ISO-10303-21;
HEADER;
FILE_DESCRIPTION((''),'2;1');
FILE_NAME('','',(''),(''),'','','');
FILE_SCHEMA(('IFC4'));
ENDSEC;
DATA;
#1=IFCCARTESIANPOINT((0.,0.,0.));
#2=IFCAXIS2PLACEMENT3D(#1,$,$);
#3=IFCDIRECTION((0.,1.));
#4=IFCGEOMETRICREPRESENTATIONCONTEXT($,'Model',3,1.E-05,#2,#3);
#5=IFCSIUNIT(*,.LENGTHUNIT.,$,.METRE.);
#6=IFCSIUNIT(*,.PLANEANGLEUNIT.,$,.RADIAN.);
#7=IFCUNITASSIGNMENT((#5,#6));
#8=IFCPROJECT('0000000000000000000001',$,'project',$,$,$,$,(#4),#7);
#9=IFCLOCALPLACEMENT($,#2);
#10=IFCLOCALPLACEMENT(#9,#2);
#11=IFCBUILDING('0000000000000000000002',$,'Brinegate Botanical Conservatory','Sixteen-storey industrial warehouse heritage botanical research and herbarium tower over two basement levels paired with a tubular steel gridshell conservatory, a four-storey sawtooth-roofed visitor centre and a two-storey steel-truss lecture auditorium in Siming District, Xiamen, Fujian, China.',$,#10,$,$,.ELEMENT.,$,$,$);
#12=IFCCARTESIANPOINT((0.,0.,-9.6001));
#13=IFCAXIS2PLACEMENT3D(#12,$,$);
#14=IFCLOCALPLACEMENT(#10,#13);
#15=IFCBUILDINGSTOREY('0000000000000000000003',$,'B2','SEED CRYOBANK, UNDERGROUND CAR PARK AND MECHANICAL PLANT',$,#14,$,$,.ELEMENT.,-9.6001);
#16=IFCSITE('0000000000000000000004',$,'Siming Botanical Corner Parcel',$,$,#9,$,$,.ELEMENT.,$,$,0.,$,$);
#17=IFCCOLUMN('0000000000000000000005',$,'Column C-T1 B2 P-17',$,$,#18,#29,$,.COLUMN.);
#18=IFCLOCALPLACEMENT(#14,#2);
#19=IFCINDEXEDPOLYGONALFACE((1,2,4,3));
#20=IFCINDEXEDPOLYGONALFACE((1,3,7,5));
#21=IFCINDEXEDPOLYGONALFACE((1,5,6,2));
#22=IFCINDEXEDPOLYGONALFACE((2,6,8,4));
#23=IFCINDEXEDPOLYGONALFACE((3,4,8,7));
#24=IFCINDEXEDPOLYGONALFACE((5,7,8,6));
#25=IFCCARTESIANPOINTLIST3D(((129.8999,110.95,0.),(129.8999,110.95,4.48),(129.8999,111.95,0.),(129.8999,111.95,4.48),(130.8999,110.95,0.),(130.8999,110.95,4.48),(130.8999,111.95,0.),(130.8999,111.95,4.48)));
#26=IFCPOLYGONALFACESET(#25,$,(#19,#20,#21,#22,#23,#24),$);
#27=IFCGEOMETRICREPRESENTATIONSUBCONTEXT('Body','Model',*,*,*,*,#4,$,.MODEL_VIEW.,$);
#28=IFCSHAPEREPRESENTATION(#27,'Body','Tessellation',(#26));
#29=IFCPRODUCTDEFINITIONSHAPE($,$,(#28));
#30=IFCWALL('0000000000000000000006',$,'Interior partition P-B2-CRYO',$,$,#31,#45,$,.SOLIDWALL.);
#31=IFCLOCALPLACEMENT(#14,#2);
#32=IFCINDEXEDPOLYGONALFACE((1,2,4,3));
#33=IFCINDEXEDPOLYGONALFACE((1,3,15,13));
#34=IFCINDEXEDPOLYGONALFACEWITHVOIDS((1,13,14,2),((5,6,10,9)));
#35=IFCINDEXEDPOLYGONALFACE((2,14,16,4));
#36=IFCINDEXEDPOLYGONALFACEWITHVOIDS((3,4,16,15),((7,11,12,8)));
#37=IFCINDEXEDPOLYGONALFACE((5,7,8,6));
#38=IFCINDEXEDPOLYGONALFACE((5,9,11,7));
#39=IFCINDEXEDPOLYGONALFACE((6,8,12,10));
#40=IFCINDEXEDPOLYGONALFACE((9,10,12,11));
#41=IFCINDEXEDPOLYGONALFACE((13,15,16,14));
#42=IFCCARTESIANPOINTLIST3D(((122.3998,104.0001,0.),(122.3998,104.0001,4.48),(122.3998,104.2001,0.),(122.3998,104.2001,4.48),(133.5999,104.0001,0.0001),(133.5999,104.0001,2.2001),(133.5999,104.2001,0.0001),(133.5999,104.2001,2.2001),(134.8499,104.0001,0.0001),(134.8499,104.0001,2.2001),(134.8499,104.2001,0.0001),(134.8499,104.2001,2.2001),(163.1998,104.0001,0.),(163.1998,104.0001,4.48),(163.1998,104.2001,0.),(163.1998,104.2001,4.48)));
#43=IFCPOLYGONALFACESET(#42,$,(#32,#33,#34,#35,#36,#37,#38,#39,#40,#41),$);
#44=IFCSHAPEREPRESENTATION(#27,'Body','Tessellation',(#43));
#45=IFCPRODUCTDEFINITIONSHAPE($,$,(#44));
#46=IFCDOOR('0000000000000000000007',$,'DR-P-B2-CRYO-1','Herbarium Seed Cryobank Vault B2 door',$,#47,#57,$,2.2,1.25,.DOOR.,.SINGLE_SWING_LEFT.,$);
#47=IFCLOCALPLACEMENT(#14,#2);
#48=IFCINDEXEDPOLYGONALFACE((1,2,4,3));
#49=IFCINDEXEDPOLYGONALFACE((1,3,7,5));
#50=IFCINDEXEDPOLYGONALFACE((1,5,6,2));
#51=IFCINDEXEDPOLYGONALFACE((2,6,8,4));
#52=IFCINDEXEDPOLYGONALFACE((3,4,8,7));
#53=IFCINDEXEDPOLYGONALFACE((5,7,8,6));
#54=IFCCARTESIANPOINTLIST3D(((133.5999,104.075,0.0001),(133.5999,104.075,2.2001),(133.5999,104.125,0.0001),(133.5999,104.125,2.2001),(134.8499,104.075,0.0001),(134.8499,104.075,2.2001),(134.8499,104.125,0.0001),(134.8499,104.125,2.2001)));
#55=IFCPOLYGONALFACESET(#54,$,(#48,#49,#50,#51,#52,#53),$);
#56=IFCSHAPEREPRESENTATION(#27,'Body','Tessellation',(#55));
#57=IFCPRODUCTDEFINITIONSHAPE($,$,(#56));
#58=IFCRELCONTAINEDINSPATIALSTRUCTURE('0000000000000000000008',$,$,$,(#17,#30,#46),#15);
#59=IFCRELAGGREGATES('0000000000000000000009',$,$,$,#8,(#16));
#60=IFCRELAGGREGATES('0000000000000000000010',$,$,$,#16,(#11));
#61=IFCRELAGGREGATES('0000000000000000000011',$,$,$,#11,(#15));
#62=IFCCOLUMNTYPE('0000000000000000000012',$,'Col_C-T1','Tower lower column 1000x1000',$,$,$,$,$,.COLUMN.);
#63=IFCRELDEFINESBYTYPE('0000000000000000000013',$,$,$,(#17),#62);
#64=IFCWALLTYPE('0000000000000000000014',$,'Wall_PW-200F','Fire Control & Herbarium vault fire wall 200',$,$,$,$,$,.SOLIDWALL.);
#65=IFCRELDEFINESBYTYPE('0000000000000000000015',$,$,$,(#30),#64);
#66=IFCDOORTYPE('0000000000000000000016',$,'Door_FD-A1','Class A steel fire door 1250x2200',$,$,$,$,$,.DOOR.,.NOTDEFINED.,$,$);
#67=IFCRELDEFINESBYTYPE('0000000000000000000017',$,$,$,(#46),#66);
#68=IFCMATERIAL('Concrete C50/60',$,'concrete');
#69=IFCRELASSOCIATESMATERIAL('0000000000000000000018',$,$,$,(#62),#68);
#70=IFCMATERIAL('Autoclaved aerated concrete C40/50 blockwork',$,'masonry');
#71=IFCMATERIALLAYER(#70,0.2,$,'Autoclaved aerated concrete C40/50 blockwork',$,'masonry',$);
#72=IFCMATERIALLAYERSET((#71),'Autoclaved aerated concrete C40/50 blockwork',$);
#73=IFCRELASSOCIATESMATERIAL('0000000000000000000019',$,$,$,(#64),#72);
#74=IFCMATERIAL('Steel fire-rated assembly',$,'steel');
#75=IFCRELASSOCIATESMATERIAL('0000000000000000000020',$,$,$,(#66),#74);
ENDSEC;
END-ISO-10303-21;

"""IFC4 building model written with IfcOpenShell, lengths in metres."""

from ifc_helpers import new_model, si_unit, direction, frame, frame_2d, origin, origin_2d, place, context, subcontext, project, spatial, rectangle, extrude, material, layer, layer_set, material_profile, profile_set, type_object, element, fill, save


model = new_model("IFC4")

# Units and contexts
model_context = context("Model", 3, precision=1e-05, world=origin(), true_north=direction((0.0, 1.0)))
body_context = subcontext(model_context, "Body", "Model", "MODEL_VIEW")
ifc_project = project(units=[si_unit("LENGTHUNIT", "METRE"), si_unit("PLANEANGLEUNIT", "RADIAN")], contexts=[model_context])

# Site, building, storey
site_placement = place(None, origin())
site = spatial("IfcSite", under=ifc_project, at=site_placement, Name="Siming Botanical Corner Parcel", CompositionType="ELEMENT", RefElevation=0.0)
building_placement = place(site_placement, origin())
building = spatial("IfcBuilding", under=site, at=building_placement, Name="Brinegate Botanical Conservatory", Description="Sixteen-storey industrial warehouse heritage botanical research and herbarium tower over two basement levels paired with a tubular steel gridshell conservatory, a four-storey sawtooth-roofed visitor centre and a two-storey steel-truss lecture auditorium in Siming District, Xiamen, Fujian, China.", CompositionType="ELEMENT")
storey_placement = place(building_placement, frame((0.0, 0.0, -9.6001)))
storey = spatial("IfcBuildingStorey", under=building, at=storey_placement, Name="B2", Description="SEED CRYOBANK, UNDERGROUND CAR PARK AND MECHANICAL PLANT", CompositionType="ELEMENT", Elevation=-9.6001)

# Column
ifc_material_1 = material(Name="Concrete C50/60", Category="concrete")
ifc_material_profile_1 = material_profile(ifc_material_1, rectangle(XDim=1.0, YDim=1.0, at=origin_2d()), Name="RC COL 1000x1000")
ifc_profile_set_1 = profile_set([ifc_material_profile_1], Name="Concrete C50/60")
column_type_1 = type_object("IfcColumnType", Name="Col_C-T1", Description="Tower lower column 1000x1000", PredefinedType="COLUMN", material=ifc_profile_set_1)
for number, where, z_axis, x_axis, name in (
    (1, (130.3999, 111.45, 0.0), (0.0, 0.0, 1.0), (1.0, 0.0, 0.0), "Column C-T1 B2 P-17"),
):
    element("IfcColumn", number, at=place(storey_placement, frame(where, z_axis=z_axis, x_axis=x_axis)), inside=storey, type_object=column_type_1, Name=name, PredefinedType="COLUMN", context=body_context, shape_type="SweptSolid", body=[
        extrude(rectangle(XDim=1.0, YDim=1.0, at=origin_2d()), origin(), (0.0, 0.0, 1.0), 4.48),
    ])

# Wall, opening, door
ifc_material_2 = material(Name="Autoclaved aerated concrete C40/50 blockwork", Category="masonry")
ifc_layer = layer(ifc_material_2, 0.2, Name="Autoclaved aerated concrete C40/50 blockwork", Category="masonry")
ifc_layer_set = layer_set([ifc_layer], Name="Autoclaved aerated concrete C40/50 blockwork")
wall_type = type_object("IfcWallType", Name="Wall_PW-200F", Description="Fire Control & Herbarium vault fire wall 200", PredefinedType="SOLIDWALL", material=ifc_layer_set)
wall_placement = place(storey_placement, frame((122.3999, 104.1001, 0.0), z_axis=(0.0, 0.0, 1.0), x_axis=(1.0, 0.0, 0.0)))
wall = element("IfcWall", 2, at=wall_placement, inside=storey, type_object=wall_type, Name="Interior partition P-B2-CRYO", PredefinedType="SOLIDWALL", context=body_context, shape_type="SweptSolid", body=[
    extrude(rectangle(XDim=40.8, YDim=0.2, at=frame_2d((20.3999, 0.0))), origin(), (0.0, 0.0, 1.0), 4.48),
])
opening_placement = place(wall_placement, frame((11.2, 0.0, 0.0)))
opening = element("IfcOpeningElement", 3, at=opening_placement, cuts=wall, PredefinedType="OPENING", context=body_context, shape_type="SweptSolid", body=[
    extrude(rectangle(XDim=1.25, YDim=2.2, at=frame_2d((0.625, 1.1001))), frame((0.0, 0.1099, 0.0), z_axis=(0.0, -1.0, 0.0), x_axis=(1.0, 0.0, 0.0)), (0.0, 0.0, 1.0), 0.22),
])
ifc_material_3 = material(Name="Steel fire-rated assembly", Category="steel")
door_type = type_object("IfcDoorType", Name="Door_FD-A1", Description="Class A steel fire door 1250x2200", OperationType="NOTDEFINED", PredefinedType="DOOR", material=ifc_material_3)
door_placement = place(opening_placement, origin())
door = element("IfcDoor", 4, at=door_placement, inside=storey, type_object=door_type, Name="DR-P-B2-CRYO-1", Description="Herbarium Seed Cryobank Vault B2 door", OperationType="SINGLE_SWING_LEFT", OverallHeight=2.2, OverallWidth=1.25, PredefinedType="DOOR", context=body_context, shape_type="SweptSolid", body=[
    extrude(rectangle(XDim=1.25, YDim=2.2, at=frame_2d((0.625, 1.1001))), frame((0.0, 0.0249, 0.0), z_axis=(0.0, -1.0, 0.0), x_axis=(1.0, 0.0, 0.0)), (0.0, 0.0, 1.0), 0.05),
])
fill(opening, door)

save(model, "model.ifc")
